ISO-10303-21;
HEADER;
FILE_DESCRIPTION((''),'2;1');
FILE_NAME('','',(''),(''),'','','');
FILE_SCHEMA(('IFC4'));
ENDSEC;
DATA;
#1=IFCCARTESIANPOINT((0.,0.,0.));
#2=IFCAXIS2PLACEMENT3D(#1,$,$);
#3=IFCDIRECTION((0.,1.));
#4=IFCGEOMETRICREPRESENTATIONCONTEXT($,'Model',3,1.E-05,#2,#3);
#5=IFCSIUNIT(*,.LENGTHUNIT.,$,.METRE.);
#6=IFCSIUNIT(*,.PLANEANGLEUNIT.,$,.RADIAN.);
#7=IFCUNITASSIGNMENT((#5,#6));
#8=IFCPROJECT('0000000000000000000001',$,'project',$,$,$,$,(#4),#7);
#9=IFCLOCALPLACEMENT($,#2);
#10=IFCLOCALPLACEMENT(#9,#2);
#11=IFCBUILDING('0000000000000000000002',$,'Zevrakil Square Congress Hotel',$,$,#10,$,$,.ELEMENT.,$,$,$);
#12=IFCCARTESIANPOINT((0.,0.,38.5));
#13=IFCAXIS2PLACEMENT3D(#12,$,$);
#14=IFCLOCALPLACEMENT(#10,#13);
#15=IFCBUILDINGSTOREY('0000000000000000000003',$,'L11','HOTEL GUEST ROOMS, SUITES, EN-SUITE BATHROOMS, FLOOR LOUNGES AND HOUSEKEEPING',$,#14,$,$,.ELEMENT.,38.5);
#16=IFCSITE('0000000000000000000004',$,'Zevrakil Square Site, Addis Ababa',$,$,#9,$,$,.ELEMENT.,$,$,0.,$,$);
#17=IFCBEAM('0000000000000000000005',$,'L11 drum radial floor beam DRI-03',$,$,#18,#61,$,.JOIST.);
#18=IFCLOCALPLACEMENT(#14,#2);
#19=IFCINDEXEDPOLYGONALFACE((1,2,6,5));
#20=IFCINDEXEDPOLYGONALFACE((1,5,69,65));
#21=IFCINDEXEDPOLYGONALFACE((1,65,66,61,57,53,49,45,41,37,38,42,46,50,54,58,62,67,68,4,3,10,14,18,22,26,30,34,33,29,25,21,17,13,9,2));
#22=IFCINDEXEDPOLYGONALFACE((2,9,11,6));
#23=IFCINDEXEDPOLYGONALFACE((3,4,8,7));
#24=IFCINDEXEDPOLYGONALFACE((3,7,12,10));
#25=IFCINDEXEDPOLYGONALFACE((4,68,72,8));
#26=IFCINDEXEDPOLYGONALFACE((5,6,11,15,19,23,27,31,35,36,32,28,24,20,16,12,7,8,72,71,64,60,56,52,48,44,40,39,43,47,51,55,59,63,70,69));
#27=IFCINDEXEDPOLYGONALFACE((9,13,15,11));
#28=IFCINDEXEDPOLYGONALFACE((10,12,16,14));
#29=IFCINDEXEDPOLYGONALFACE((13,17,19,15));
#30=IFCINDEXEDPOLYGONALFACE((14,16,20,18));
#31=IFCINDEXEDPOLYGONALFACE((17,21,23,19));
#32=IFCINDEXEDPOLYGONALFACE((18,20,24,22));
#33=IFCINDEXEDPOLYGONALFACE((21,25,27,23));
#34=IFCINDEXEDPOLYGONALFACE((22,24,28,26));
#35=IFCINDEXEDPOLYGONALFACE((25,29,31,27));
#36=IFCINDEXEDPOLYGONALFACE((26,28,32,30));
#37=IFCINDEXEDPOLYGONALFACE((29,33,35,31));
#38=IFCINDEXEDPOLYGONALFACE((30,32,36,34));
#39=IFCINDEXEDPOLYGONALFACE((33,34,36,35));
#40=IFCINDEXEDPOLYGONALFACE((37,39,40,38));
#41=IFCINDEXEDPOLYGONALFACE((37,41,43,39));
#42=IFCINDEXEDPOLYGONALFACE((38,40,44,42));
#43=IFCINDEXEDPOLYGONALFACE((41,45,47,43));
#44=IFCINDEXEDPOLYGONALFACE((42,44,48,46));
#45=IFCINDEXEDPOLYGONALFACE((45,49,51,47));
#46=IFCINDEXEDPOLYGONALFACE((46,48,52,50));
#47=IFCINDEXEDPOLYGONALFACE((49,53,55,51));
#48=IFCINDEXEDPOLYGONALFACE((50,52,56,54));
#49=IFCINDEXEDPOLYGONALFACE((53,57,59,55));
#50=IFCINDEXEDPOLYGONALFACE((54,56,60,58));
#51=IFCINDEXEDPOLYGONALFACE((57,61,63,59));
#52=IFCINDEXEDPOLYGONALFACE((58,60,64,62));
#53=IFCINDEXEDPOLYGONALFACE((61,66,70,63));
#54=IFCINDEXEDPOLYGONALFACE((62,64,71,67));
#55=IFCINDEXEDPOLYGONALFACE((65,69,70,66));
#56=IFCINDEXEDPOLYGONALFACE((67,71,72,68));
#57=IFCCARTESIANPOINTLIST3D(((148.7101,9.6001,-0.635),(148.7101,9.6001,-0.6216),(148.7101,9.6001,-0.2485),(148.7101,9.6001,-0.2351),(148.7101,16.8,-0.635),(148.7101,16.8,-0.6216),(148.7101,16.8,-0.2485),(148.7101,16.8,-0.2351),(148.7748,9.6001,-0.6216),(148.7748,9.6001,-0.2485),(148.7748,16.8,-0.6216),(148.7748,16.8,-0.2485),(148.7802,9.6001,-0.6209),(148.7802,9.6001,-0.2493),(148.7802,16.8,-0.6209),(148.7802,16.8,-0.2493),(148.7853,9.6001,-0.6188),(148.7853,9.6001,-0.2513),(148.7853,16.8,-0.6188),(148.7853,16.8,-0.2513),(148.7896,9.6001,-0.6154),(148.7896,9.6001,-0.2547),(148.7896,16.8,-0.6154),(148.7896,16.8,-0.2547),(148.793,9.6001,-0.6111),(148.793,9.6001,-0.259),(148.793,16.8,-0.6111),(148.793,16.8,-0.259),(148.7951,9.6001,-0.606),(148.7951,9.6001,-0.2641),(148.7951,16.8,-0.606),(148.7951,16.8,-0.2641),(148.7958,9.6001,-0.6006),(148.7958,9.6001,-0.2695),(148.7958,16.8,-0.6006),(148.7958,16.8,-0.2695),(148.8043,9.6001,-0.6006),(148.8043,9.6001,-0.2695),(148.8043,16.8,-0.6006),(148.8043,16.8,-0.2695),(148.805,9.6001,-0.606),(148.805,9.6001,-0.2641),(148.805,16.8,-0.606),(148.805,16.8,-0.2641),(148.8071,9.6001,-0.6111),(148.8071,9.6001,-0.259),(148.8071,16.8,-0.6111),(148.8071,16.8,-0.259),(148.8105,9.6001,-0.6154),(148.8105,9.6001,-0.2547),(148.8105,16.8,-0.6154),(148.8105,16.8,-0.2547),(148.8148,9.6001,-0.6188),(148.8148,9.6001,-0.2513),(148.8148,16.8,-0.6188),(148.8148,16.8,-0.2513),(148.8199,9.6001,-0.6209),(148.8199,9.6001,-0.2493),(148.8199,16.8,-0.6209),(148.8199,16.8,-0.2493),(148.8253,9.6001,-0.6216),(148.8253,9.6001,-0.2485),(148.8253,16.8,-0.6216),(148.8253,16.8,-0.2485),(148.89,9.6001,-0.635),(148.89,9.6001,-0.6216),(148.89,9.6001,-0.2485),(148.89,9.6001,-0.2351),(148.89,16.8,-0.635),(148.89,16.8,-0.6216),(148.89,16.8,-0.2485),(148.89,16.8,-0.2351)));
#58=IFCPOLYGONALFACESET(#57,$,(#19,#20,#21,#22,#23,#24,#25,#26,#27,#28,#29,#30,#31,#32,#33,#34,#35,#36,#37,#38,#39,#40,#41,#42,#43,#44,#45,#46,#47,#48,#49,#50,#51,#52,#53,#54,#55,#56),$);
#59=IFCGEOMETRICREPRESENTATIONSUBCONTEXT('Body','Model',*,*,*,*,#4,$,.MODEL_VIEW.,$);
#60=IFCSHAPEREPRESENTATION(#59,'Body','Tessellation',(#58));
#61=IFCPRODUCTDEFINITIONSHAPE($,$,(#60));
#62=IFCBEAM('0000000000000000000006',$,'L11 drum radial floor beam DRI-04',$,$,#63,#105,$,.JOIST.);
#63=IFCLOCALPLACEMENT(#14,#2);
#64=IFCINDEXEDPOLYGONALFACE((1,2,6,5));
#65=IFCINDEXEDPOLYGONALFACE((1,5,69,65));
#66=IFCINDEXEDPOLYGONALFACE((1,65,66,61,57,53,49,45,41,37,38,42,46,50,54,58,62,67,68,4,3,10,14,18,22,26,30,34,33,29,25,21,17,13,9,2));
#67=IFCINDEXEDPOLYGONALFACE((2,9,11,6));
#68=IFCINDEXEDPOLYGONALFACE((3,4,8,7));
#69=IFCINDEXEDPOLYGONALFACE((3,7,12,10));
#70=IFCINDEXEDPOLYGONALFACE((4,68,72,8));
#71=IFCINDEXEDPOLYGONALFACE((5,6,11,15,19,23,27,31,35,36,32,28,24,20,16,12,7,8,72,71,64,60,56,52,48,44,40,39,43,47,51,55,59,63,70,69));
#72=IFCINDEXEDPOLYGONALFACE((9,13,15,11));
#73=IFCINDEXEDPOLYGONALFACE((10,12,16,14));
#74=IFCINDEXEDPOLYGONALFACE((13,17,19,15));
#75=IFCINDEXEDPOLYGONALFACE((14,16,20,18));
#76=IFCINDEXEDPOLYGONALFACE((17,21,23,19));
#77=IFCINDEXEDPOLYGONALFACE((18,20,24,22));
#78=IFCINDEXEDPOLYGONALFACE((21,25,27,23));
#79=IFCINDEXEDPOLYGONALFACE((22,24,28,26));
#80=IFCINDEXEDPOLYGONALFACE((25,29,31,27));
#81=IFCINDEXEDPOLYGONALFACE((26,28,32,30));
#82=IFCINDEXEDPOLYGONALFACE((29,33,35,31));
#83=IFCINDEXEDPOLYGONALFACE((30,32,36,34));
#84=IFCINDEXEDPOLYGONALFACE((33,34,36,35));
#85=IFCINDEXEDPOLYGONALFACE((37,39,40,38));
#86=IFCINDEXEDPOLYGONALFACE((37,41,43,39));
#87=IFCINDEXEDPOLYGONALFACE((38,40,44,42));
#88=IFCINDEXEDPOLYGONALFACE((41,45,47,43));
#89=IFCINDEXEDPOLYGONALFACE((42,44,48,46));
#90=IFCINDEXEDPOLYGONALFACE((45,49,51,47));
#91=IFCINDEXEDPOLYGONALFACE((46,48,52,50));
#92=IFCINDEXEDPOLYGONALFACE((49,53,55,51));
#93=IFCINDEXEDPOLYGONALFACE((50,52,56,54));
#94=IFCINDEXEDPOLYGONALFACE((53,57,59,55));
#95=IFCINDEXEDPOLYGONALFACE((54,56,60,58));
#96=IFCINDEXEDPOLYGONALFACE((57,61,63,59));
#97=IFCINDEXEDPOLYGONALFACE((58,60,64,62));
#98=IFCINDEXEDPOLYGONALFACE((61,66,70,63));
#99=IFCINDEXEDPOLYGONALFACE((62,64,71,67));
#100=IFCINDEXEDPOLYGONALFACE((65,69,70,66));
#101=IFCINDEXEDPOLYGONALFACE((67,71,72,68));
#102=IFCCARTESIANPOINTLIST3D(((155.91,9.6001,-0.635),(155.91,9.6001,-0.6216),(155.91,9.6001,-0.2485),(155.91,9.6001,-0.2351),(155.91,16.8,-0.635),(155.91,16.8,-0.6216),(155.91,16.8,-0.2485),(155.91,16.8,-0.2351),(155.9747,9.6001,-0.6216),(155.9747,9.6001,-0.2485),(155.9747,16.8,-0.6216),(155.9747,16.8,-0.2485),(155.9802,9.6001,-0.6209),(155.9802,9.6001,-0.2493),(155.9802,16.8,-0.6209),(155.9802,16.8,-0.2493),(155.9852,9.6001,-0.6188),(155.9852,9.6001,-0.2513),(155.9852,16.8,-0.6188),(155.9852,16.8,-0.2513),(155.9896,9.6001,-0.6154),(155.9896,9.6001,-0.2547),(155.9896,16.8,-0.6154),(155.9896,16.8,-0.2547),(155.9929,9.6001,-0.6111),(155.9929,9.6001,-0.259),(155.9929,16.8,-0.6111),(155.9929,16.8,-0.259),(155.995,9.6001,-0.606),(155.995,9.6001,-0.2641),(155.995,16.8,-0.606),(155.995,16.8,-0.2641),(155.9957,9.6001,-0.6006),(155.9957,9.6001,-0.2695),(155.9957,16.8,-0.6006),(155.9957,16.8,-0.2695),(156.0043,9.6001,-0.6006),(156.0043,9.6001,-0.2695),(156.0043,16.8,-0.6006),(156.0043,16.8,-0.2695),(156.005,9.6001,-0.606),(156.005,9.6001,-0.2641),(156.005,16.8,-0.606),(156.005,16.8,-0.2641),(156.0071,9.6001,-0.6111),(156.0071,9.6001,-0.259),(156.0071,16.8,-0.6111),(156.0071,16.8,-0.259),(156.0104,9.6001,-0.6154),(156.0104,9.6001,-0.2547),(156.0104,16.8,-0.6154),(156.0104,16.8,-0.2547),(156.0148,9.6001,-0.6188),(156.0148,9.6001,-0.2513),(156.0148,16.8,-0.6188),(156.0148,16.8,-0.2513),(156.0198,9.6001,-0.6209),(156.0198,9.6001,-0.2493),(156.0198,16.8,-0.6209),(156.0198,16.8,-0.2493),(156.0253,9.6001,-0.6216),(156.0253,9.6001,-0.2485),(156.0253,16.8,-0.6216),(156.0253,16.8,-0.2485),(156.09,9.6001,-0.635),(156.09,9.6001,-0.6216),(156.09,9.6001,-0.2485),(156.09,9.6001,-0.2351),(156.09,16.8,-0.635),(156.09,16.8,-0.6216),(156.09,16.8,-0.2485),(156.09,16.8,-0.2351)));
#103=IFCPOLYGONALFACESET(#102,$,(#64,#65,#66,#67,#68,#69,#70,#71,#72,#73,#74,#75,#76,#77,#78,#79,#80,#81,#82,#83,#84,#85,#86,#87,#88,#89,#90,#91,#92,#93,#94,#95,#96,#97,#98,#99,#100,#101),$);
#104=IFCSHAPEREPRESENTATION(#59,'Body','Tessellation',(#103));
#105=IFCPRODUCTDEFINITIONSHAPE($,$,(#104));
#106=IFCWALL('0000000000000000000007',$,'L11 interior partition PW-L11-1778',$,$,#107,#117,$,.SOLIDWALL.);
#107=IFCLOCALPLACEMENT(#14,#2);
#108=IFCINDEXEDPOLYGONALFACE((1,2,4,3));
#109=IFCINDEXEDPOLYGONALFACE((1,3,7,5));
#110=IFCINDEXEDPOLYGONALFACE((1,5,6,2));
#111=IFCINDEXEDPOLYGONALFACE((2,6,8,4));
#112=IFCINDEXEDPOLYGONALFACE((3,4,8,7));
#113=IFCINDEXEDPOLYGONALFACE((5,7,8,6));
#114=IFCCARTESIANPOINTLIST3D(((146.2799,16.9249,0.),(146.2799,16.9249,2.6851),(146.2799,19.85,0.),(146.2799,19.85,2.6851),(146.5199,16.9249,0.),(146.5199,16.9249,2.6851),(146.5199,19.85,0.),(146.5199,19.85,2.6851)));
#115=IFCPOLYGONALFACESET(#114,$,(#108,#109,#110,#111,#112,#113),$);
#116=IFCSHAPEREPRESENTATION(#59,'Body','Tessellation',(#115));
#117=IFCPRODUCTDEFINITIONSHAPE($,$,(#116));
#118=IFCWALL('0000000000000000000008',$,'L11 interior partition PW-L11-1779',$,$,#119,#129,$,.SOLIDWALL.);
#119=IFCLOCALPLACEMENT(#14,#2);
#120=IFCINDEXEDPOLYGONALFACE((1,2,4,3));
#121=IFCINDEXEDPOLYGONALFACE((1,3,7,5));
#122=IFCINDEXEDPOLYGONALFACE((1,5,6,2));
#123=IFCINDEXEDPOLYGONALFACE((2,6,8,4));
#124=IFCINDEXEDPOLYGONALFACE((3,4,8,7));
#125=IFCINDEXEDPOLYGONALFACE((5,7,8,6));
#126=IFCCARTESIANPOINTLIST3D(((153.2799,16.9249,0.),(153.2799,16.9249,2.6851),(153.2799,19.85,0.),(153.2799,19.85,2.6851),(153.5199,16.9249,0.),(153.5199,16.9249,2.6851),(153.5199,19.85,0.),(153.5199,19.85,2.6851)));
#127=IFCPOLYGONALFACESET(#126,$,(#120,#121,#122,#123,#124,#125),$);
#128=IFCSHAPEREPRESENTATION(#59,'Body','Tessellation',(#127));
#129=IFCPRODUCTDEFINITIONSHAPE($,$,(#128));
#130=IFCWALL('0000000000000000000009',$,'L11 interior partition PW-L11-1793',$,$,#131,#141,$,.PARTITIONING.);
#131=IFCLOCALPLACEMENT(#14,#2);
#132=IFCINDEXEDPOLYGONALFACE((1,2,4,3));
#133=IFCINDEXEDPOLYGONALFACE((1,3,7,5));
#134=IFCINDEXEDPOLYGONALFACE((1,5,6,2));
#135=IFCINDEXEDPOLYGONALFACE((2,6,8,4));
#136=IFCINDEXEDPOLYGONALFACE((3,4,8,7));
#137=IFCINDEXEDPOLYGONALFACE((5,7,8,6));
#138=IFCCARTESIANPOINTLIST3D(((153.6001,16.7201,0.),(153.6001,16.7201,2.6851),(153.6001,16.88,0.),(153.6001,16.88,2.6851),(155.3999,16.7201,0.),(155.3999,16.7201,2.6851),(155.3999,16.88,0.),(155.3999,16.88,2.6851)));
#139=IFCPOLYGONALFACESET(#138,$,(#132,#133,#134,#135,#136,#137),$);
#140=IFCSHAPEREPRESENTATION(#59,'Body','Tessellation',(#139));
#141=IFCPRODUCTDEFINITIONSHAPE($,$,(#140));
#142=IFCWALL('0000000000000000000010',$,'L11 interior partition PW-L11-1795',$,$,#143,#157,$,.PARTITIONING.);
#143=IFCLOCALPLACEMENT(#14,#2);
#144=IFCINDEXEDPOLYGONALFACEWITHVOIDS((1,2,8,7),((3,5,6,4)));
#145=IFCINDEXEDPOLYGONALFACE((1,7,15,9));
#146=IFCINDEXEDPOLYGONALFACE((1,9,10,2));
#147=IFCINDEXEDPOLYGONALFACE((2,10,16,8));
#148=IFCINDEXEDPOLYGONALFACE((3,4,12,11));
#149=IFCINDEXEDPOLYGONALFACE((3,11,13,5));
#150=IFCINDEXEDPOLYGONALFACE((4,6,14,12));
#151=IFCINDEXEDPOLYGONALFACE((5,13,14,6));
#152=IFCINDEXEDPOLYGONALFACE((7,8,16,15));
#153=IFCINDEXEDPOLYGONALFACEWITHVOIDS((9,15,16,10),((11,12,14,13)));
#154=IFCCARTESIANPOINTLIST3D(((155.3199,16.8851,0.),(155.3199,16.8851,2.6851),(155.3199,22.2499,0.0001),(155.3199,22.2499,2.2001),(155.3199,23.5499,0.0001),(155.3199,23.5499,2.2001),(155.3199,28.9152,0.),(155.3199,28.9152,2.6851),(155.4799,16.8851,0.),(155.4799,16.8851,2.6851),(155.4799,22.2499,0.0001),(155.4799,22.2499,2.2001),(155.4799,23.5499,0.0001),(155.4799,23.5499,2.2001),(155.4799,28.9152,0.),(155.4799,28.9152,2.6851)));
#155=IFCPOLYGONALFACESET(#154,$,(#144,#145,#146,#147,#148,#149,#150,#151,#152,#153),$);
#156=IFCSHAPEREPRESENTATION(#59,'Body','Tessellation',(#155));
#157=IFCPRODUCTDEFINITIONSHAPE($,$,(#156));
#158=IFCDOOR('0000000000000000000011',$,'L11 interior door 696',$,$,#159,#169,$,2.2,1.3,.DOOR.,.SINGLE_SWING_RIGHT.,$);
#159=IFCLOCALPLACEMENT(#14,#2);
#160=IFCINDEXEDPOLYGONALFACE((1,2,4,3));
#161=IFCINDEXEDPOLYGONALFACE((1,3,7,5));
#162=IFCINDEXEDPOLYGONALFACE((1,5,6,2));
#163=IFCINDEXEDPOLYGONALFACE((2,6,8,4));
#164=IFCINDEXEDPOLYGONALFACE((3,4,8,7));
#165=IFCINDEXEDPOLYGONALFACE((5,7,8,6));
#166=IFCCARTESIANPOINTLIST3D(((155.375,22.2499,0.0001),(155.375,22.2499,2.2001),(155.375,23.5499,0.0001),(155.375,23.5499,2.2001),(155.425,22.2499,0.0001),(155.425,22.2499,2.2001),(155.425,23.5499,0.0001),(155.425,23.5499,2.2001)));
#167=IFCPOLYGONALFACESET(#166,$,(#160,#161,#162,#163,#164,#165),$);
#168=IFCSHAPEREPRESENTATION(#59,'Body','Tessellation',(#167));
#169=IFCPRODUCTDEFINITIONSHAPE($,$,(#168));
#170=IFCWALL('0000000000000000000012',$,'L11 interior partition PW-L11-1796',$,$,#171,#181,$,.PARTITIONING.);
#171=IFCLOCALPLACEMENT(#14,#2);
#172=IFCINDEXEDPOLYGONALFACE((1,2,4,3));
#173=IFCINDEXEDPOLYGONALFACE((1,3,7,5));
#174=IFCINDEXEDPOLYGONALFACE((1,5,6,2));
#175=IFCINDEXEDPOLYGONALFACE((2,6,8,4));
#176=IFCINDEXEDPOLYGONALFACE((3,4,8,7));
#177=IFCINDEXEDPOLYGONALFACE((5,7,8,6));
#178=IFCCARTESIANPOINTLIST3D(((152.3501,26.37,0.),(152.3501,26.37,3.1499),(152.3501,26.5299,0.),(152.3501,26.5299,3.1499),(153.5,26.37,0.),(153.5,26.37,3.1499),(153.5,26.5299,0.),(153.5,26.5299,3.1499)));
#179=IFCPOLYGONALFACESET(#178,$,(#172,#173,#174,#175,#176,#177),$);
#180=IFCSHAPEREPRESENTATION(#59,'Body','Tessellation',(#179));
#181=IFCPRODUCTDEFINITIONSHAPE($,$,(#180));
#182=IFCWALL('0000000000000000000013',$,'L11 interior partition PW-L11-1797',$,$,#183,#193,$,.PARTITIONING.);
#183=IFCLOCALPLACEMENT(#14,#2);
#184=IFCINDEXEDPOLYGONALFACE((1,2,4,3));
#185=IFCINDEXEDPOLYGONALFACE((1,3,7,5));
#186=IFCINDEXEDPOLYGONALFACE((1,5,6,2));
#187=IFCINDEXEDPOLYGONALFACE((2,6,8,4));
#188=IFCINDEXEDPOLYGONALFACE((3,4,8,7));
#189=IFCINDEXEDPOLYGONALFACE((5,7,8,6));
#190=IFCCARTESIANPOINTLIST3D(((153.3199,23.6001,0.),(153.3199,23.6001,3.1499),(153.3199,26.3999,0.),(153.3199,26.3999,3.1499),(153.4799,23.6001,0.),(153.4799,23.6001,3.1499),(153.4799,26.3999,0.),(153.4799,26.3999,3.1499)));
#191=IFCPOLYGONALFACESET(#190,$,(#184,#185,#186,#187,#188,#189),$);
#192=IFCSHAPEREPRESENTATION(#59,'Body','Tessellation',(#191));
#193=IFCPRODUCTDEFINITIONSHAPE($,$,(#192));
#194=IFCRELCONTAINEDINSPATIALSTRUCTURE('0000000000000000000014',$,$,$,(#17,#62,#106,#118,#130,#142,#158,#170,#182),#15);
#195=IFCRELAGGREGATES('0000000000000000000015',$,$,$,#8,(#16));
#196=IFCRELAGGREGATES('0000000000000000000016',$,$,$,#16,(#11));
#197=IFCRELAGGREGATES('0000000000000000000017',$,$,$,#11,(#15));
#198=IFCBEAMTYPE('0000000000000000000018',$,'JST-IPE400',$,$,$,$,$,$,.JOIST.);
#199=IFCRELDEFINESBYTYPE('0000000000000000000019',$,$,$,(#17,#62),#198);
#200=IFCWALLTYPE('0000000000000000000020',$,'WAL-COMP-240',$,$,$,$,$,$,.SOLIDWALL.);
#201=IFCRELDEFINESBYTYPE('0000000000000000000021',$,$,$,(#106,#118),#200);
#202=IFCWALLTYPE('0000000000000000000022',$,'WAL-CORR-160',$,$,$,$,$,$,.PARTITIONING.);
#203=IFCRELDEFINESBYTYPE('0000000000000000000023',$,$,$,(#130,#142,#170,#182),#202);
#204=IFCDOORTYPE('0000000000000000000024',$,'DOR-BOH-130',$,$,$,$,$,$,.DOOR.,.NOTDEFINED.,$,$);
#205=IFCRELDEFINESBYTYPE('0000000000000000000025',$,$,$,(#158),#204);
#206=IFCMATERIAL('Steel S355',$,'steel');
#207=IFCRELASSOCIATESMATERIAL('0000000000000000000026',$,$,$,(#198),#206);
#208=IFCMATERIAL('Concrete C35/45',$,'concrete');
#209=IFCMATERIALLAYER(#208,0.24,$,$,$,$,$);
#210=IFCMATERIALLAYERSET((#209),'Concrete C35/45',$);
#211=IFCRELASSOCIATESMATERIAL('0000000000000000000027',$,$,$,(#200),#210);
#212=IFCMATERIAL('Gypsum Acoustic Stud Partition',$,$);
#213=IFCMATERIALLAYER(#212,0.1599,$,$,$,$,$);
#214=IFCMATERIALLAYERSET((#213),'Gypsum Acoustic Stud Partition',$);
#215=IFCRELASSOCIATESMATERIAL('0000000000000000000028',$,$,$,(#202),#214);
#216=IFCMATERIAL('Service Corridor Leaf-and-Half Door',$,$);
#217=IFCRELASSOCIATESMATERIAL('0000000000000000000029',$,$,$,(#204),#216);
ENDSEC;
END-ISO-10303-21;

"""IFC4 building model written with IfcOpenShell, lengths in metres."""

from ifc_helpers import new_model, si_unit, direction, frame, frame_2d, origin, origin_2d, place, context, subcontext, project, spatial, rectangle, i_section, extrude, material, layer, layer_set, material_profile, profile_set, type_object, element, fill, save


model = new_model("IFC4")

# Units and contexts
model_context = context("Model", 3, precision=1e-05, world=origin(), true_north=direction((0.0, 1.0)))
body_context = subcontext(model_context, "Body", "Model", "MODEL_VIEW")
ifc_project = project(units=[si_unit("LENGTHUNIT", "METRE"), si_unit("PLANEANGLEUNIT", "RADIAN")], contexts=[model_context])

# Site, building, storey
site_placement = place(None, origin())
site = spatial("IfcSite", under=ifc_project, at=site_placement, Name="Zevrakil Square Site, Addis Ababa", CompositionType="ELEMENT", RefElevation=0.0)
building_placement = place(site_placement, origin())
building = spatial("IfcBuilding", under=site, at=building_placement, Name="Zevrakil Square Congress Hotel", CompositionType="ELEMENT")
storey_placement = place(building_placement, frame((0.0, 0.0, 38.5)))
storey = spatial("IfcBuildingStorey", under=building, at=storey_placement, Name="L11", Description="HOTEL GUEST ROOMS, SUITES, EN-SUITE BATHROOMS, FLOOR LOUNGES AND HOUSEKEEPING", CompositionType="ELEMENT", Elevation=38.5)

# Beams
ifc_material_1 = material(Name="Steel S355", Category="steel")
ifc_material_profile_1 = material_profile(ifc_material_1, i_section(OverallWidth=0.1799, OverallDepth=0.3999, WebThickness=0.0085, FlangeThickness=0.0134, FilletRadius=0.021, at=origin_2d()), Name="IPE 400")
ifc_profile_set_1 = profile_set([ifc_material_profile_1], Name="Steel S355")
beam_type_1 = type_object("IfcBeamType", Name="JST-IPE400", PredefinedType="JOIST", material=ifc_profile_set_1)
for number, where, z_axis, x_axis, name in (
    (1, (148.8, 16.8, -0.4351), (0.0, -1.0, 0.0), (1.0, 0.0, 0.0), "L11 drum radial floor beam DRI-03"),
    (2, (156.0, 16.8, -0.4351), (0.0, -1.0, 0.0), (1.0, 0.0, 0.0), "L11 drum radial floor beam DRI-04"),
):
    element("IfcBeam", number, at=place(storey_placement, frame(where, z_axis=z_axis, x_axis=x_axis)), inside=storey, type_object=beam_type_1, Name=name, PredefinedType="JOIST", context=body_context, shape_type="SweptSolid", body=[
        extrude(i_section(OverallWidth=0.1799, OverallDepth=0.3999, WebThickness=0.0085, FlangeThickness=0.0134, FilletRadius=0.021, at=origin_2d()), origin(), (0.0, 0.0, 1.0), 7.2),
    ])

# Walls
ifc_material_2 = material(Name="Concrete C35/45", Category="concrete")
ifc_layer_1 = layer(ifc_material_2, 0.24)
ifc_layer_set_1 = layer_set([ifc_layer_1], Name="Concrete C35/45")
wall_type_1 = type_object("IfcWallType", Name="WAL-COMP-240", PredefinedType="SOLIDWALL", material=ifc_layer_set_1)
for number, where, z_axis, x_axis, name in (
    (3, (146.3999, 16.925, 0.0), (0.0, 0.0, 1.0), (0.0, 1.0, 0.0), "L11 interior partition PW-L11-1778"),
    (4, (153.3999, 16.925, 0.0), (0.0, 0.0, 1.0), (0.0, 1.0, 0.0), "L11 interior partition PW-L11-1779"),
):
    element("IfcWall", number, at=place(storey_placement, frame(where, z_axis=z_axis, x_axis=x_axis)), inside=storey, type_object=wall_type_1, Name=name, PredefinedType="SOLIDWALL", context=body_context, shape_type="SweptSolid", body=[
        extrude(rectangle(XDim=2.925, YDim=0.24, at=frame_2d((1.4624, 0.0))), origin(), (0.0, 0.0, 1.0), 2.6851),
    ])
ifc_material_3 = material(Name="Gypsum Acoustic Stud Partition")
ifc_layer_2 = layer(ifc_material_3, 0.1599)
ifc_layer_set_2 = layer_set([ifc_layer_2], Name="Gypsum Acoustic Stud Partition")
wall_type_2 = type_object("IfcWallType", Name="WAL-CORR-160", PredefinedType="PARTITIONING", material=ifc_layer_set_2)
wall_1_placement = place(storey_placement, frame((153.6001, 16.8, 0.0), z_axis=(0.0, 0.0, 1.0), x_axis=(1.0, 0.0, 0.0)))
element("IfcWall", 5, at=wall_1_placement, inside=storey, type_object=wall_type_2, Name="L11 interior partition PW-L11-1793", PredefinedType="PARTITIONING", context=body_context, shape_type="SweptSolid", body=[
    extrude(rectangle(XDim=1.7998, YDim=0.1599, at=frame_2d((0.8999, 0.0))), origin(), (0.0, 0.0, 1.0), 2.6851),
])

# Wall, opening, door
wall_2_placement = place(storey_placement, frame((155.3999, 16.885, 0.0), z_axis=(0.0, 0.0, 1.0), x_axis=(0.0, 1.0, 0.0)))
wall_2 = element("IfcWall", 6, at=wall_2_placement, inside=storey, type_object=wall_type_2, Name="L11 interior partition PW-L11-1795", PredefinedType="PARTITIONING", context=body_context, shape_type="SweptSolid", body=[
    extrude(rectangle(XDim=12.03, YDim=0.1599, at=frame_2d((6.0151, 0.0))), origin(), (0.0, 0.0, 1.0), 2.6851),
])
opening_1_placement = place(wall_2_placement, frame((5.365, 0.0, 0.0)))
opening_1 = element("IfcOpeningElement", 7, at=opening_1_placement, cuts=wall_2, PredefinedType="OPENING", context=body_context, shape_type="SweptSolid", body=[
    extrude(rectangle(XDim=1.3, YDim=2.2, at=frame_2d((0.6499, 1.1001))), frame((0.0, 0.0898, 0.0), z_axis=(0.0, -1.0, 0.0), x_axis=(1.0, 0.0, 0.0)), (0.0, 0.0, 1.0), 0.1799),
])
ifc_material_4 = material(Name="Service Corridor Leaf-and-Half Door")
door_type_1 = type_object("IfcDoorType", Name="DOR-BOH-130", OperationType="NOTDEFINED", PredefinedType="DOOR", material=ifc_material_4)
door_1_placement = place(opening_1_placement, origin())
door_1 = element("IfcDoor", 8, at=door_1_placement, inside=storey, type_object=door_type_1, Name="L11 interior door 696", OperationType="SINGLE_SWING_RIGHT", OverallHeight=2.2, OverallWidth=1.3, PredefinedType="DOOR", context=body_context, shape_type="SweptSolid", body=[
    extrude(rectangle(XDim=1.3, YDim=2.2, at=frame_2d((0.6499, 1.1001))), frame((0.0, 0.0249, 0.0), z_axis=(0.0, -1.0, 0.0), x_axis=(1.0, 0.0, 0.0)), (0.0, 0.0, 1.0), 0.05),
])
fill(opening_1, door_1)

# Walls
wall_3_placement = place(storey_placement, frame((152.3501, 26.45, 0.0), z_axis=(0.0, 0.0, 1.0), x_axis=(1.0, 0.0, 0.0)))
element("IfcWall", 9, at=wall_3_placement, inside=storey, type_object=wall_type_2, Name="L11 interior partition PW-L11-1796", PredefinedType="PARTITIONING", context=body_context, shape_type="SweptSolid", body=[
    extrude(rectangle(XDim=1.1499, YDim=0.1599, at=frame_2d((0.575, 0.0))), origin(), (0.0, 0.0, 1.0), 3.1499),
])
wall_4_placement = place(storey_placement, frame((153.3999, 23.6001, 0.0), z_axis=(0.0, 0.0, 1.0), x_axis=(0.0, 1.0, 0.0)))
element("IfcWall", 10, at=wall_4_placement, inside=storey, type_object=wall_type_2, Name="L11 interior partition PW-L11-1797", PredefinedType="PARTITIONING", context=body_context, shape_type="SweptSolid", body=[
    extrude(rectangle(XDim=2.7998, YDim=0.1599, at=frame_2d((1.3999, 0.0))), origin(), (0.0, 0.0, 1.0), 3.1499),
])

save(model, "model.ifc")
